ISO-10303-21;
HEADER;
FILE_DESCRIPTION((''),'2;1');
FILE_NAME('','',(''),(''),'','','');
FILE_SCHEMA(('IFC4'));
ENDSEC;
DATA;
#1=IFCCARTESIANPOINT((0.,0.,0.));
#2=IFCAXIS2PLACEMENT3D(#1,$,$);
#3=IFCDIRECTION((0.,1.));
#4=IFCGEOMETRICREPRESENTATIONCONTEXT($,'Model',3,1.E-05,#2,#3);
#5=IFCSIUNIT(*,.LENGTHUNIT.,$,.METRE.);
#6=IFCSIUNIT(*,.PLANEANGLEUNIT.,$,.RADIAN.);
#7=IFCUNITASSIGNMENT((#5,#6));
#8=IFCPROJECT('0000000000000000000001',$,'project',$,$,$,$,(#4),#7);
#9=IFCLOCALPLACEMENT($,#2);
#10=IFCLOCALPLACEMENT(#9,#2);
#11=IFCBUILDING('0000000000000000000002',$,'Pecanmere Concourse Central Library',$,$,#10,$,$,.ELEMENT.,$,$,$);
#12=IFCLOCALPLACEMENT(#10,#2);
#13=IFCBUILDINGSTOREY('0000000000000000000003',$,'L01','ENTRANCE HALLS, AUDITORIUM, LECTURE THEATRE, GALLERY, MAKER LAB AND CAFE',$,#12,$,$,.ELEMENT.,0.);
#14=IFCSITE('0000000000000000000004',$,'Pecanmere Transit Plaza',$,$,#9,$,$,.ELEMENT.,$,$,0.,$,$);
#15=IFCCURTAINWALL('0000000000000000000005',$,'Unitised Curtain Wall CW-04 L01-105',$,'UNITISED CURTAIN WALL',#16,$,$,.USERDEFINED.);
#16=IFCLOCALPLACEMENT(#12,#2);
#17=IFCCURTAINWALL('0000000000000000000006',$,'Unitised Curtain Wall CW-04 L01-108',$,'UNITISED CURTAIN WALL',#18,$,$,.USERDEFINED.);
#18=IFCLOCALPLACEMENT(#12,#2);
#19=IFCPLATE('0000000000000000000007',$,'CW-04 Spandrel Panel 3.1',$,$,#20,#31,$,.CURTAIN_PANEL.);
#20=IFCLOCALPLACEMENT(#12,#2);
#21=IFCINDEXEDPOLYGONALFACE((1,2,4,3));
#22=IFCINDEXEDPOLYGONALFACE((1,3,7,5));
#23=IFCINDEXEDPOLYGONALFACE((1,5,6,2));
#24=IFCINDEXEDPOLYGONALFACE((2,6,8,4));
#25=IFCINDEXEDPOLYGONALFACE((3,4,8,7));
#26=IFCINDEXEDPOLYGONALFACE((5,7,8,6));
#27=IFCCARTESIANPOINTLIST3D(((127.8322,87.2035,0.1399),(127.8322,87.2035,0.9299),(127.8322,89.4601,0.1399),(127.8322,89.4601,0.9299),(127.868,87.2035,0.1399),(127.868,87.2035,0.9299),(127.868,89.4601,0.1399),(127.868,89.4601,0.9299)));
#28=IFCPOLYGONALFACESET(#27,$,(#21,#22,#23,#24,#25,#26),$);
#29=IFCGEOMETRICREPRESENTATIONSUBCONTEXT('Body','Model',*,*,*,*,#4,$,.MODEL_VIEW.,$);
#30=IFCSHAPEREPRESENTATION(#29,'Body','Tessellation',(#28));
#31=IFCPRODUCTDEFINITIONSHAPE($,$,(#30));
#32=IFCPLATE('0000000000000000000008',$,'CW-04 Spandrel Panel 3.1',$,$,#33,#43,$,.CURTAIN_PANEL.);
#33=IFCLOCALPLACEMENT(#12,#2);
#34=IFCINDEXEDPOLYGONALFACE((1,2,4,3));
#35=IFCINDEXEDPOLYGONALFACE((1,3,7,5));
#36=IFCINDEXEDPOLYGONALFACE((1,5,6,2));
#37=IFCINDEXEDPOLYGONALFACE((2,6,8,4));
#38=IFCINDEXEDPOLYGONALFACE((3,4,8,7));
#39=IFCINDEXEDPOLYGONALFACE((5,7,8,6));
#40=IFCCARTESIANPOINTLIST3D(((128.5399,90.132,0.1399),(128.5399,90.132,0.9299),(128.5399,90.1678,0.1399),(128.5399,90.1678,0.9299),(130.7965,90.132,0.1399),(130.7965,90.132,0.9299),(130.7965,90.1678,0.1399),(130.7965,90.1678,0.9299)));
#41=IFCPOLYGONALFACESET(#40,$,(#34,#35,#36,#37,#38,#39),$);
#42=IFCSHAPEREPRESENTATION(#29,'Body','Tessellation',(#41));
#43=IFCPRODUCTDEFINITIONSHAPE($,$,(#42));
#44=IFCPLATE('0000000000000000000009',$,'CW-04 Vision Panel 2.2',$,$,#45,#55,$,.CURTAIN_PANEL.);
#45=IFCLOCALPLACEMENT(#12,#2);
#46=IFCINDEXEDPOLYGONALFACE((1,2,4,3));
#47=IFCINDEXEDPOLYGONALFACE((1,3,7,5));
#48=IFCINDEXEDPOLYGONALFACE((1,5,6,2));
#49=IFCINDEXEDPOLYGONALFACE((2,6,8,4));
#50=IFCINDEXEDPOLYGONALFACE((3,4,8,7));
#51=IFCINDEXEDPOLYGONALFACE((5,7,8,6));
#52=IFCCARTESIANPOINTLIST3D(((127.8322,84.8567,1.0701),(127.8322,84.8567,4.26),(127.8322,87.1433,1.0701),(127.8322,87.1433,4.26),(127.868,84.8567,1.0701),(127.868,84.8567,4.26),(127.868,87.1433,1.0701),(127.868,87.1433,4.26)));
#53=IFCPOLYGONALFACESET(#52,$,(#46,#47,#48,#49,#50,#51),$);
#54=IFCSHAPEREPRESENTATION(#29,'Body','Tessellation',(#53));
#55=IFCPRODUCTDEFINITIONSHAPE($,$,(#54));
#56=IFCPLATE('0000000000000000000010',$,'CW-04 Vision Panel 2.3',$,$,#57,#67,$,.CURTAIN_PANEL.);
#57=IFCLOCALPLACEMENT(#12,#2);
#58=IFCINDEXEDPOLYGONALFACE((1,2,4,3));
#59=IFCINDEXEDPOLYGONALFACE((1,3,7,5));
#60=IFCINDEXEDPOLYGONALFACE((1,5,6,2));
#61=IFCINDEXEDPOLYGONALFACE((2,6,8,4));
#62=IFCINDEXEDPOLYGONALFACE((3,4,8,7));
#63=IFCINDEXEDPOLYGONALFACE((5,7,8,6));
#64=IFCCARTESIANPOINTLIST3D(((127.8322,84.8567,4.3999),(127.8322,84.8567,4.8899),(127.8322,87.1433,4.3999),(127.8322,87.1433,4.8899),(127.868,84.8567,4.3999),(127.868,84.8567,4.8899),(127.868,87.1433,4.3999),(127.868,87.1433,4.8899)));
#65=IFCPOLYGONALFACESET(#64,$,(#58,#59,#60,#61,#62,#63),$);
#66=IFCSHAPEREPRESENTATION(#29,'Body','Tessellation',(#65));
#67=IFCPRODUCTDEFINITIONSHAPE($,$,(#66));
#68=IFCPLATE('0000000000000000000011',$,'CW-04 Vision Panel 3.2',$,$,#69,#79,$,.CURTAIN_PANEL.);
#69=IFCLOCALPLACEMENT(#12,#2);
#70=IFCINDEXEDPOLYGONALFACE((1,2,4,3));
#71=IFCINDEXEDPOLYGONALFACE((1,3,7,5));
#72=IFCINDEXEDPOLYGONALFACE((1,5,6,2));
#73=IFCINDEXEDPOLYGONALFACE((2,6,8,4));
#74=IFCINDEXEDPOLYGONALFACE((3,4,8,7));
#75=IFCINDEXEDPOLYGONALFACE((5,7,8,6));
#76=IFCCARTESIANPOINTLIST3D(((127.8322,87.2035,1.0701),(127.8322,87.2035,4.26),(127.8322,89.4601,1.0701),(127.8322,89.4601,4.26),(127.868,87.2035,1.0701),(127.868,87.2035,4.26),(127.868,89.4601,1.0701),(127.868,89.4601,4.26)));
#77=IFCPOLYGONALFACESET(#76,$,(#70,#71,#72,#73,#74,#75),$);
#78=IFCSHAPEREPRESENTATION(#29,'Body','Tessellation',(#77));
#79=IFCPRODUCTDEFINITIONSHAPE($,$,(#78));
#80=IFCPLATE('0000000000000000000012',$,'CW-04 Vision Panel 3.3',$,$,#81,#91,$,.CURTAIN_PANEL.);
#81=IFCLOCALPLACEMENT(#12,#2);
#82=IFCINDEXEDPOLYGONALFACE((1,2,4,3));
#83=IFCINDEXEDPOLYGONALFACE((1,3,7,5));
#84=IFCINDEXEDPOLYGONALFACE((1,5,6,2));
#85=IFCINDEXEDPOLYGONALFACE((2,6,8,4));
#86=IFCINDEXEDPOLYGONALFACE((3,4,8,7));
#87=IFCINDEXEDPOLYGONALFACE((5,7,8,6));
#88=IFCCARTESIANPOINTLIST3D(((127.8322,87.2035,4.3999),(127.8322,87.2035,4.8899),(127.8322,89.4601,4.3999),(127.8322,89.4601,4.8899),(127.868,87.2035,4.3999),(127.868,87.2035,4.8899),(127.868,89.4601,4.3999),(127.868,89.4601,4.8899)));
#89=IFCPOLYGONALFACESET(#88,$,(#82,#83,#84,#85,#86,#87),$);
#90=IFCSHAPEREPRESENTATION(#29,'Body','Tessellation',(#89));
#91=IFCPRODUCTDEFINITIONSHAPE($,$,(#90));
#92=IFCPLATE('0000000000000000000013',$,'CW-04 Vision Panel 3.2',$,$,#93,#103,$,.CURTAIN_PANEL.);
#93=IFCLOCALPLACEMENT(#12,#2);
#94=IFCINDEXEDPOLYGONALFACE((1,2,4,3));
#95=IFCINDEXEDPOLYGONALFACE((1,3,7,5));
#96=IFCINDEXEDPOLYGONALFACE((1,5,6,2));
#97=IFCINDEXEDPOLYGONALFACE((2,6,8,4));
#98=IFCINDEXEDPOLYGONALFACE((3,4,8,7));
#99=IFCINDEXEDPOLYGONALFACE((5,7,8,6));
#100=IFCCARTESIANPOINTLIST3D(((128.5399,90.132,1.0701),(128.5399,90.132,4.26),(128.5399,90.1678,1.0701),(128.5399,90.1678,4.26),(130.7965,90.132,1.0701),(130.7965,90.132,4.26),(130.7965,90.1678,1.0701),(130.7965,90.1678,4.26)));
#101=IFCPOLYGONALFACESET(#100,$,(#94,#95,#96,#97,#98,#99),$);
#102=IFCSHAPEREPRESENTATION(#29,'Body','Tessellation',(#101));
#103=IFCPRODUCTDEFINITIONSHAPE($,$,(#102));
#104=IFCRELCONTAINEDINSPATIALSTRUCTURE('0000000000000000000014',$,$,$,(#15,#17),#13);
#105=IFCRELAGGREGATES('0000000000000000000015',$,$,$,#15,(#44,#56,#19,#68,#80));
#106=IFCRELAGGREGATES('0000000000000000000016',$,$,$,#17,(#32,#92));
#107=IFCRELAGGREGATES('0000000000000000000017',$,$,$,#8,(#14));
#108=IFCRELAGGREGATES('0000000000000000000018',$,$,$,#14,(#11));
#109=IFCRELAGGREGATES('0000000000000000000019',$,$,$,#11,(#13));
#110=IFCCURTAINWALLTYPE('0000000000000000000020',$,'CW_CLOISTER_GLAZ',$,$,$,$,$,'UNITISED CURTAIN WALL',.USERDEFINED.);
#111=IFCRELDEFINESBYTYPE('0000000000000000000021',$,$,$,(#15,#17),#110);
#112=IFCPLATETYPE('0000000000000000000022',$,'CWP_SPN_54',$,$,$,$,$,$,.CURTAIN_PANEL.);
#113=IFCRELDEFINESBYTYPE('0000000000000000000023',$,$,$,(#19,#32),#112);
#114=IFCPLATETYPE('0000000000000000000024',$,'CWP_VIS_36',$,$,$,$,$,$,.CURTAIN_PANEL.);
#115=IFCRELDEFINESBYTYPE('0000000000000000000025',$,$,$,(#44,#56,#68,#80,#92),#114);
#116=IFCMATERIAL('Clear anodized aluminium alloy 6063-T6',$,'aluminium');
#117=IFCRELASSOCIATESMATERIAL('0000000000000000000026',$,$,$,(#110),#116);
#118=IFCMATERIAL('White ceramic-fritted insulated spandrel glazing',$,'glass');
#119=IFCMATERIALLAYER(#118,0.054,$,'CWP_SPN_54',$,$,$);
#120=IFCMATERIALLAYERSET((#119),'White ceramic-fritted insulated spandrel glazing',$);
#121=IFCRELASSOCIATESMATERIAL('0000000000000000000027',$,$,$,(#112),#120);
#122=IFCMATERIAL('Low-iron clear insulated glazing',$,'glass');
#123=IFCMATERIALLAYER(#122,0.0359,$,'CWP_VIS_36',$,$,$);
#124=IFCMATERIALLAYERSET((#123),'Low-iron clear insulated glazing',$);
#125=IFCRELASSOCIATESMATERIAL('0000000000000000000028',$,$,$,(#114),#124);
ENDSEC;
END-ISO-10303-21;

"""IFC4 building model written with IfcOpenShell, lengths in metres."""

from ifc_helpers import new_model, si_unit, direction, frame, origin, origin_2d, place, context, subcontext, project, spatial, rectangle, extrude, material, layer, layer_set, type_object, element, aggregate, save


model = new_model("IFC4")

# Units and contexts
model_context = context("Model", 3, precision=1e-05, world=origin(), true_north=direction((0.0, 1.0)))
body_context = subcontext(model_context, "Body", "Model", "MODEL_VIEW")
ifc_project = project(units=[si_unit("LENGTHUNIT", "METRE"), si_unit("PLANEANGLEUNIT", "RADIAN")], contexts=[model_context])

# Site, building, storey
site_placement = place(None, origin())
site = spatial("IfcSite", under=ifc_project, at=site_placement, Name="Pecanmere Transit Plaza", CompositionType="ELEMENT", RefElevation=0.0)
building_placement = place(site_placement, origin())
building = spatial("IfcBuilding", under=site, at=building_placement, Name="Pecanmere Concourse Central Library", CompositionType="ELEMENT")
storey_placement = place(building_placement, origin())
storey = spatial("IfcBuildingStorey", under=building, at=storey_placement, Name="L01", Description="ENTRANCE HALLS, AUDITORIUM, LECTURE THEATRE, GALLERY, MAKER LAB AND CAFE", CompositionType="ELEMENT", Elevation=0.0)

# Curtain wall
ifc_material_1 = material(Name="Clear anodized aluminium alloy 6063-T6", Category="aluminium")
curtain_wall_type = type_object("IfcCurtainWallType", Name="CW_CLOISTER_GLAZ", ElementType="UNITISED CURTAIN WALL", PredefinedType="USERDEFINED", material=ifc_material_1)
curtain_wall_1_placement = place(storey_placement, origin())
curtain_wall_1 = element("IfcCurtainWall", 1, at=curtain_wall_1_placement, inside=storey, type_object=curtain_wall_type, Name="Unitised Curtain Wall CW-04 L01-105", ObjectType="UNITISED CURTAIN WALL", PredefinedType="USERDEFINED")

# Curtain wall
curtain_wall_2_placement = place(storey_placement, origin())
curtain_wall_2 = element("IfcCurtainWall", 2, at=curtain_wall_2_placement, inside=storey, type_object=curtain_wall_type, Name="Unitised Curtain Wall CW-04 L01-108", ObjectType="UNITISED CURTAIN WALL", PredefinedType="USERDEFINED")

# Plates
ifc_material_2 = material(Name="White ceramic-fritted insulated spandrel glazing", Category="glass")
ifc_layer_1 = layer(ifc_material_2, 0.054, Name="CWP_SPN_54")
ifc_layer_set_1 = layer_set([ifc_layer_1], Name="White ceramic-fritted insulated spandrel glazing")
plate_type_1 = type_object("IfcPlateType", Name="CWP_SPN_54", PredefinedType="CURTAIN_PANEL", material=ifc_layer_set_1)
plate_1_placement = place(storey_placement, frame((127.8501, 88.3318, 0.1399), z_axis=(0.0, 0.0, 1.0), x_axis=(0.0, 1.0, 0.0)))
plate_1 = element("IfcPlate", 3, at=plate_1_placement, type_object=plate_type_1, Name="CW-04 Spandrel Panel 3.1", PredefinedType="CURTAIN_PANEL", context=body_context, shape_type="SweptSolid", body=[
    extrude(rectangle(XDim=2.2566, YDim=0.0359, at=origin_2d()), origin(), (0.0, 0.0, 1.0), 0.79),
])
plate_2_placement = place(storey_placement, frame((129.6682, 90.1499, 0.1399), z_axis=(0.0, 0.0, 1.0), x_axis=(-1.0, 0.0, 0.0)))
plate_2 = element("IfcPlate", 4, at=plate_2_placement, type_object=plate_type_1, Name="CW-04 Spandrel Panel 3.1", PredefinedType="CURTAIN_PANEL", context=body_context, shape_type="SweptSolid", body=[
    extrude(rectangle(XDim=2.2566, YDim=0.0359, at=origin_2d()), origin(), (0.0, 0.0, 1.0), 0.79),
])
ifc_material_3 = material(Name="Low-iron clear insulated glazing", Category="glass")
ifc_layer_2 = layer(ifc_material_3, 0.0359, Name="CWP_VIS_36")
ifc_layer_set_2 = layer_set([ifc_layer_2], Name="Low-iron clear insulated glazing")
plate_type_2 = type_object("IfcPlateType", Name="CWP_VIS_36", PredefinedType="CURTAIN_PANEL", material=ifc_layer_set_2)
plate_3_placement = place(storey_placement, frame((127.8501, 86.0, 1.0701), z_axis=(0.0, 0.0, 1.0), x_axis=(0.0, 1.0, 0.0)))
plate_3 = element("IfcPlate", 5, at=plate_3_placement, type_object=plate_type_2, Name="CW-04 Vision Panel 2.2", PredefinedType="CURTAIN_PANEL", context=body_context, shape_type="SweptSolid", body=[
    extrude(rectangle(XDim=2.2866, YDim=0.0359, at=origin_2d()), origin(), (0.0, 0.0, 1.0), 3.1899),
])
plate_4_placement = place(storey_placement, frame((127.8501, 86.0, 4.3999), z_axis=(0.0, 0.0, 1.0), x_axis=(0.0, 1.0, 0.0)))
plate_4 = element("IfcPlate", 6, at=plate_4_placement, type_object=plate_type_2, Name="CW-04 Vision Panel 2.3", PredefinedType="CURTAIN_PANEL", context=body_context, shape_type="SweptSolid", body=[
    extrude(rectangle(XDim=2.2866, YDim=0.0359, at=origin_2d()), origin(), (0.0, 0.0, 1.0), 0.49),
])
plate_5_placement = place(storey_placement, frame((127.8501, 88.3318, 1.0701), z_axis=(0.0, 0.0, 1.0), x_axis=(0.0, 1.0, 0.0)))
plate_5 = element("IfcPlate", 7, at=plate_5_placement, type_object=plate_type_2, Name="CW-04 Vision Panel 3.2", PredefinedType="CURTAIN_PANEL", context=body_context, shape_type="SweptSolid", body=[
    extrude(rectangle(XDim=2.2566, YDim=0.0359, at=origin_2d()), origin(), (0.0, 0.0, 1.0), 3.1899),
])
plate_6_placement = place(storey_placement, frame((127.8501, 88.3318, 4.3999), z_axis=(0.0, 0.0, 1.0), x_axis=(0.0, 1.0, 0.0)))
plate_6 = element("IfcPlate", 8, at=plate_6_placement, type_object=plate_type_2, Name="CW-04 Vision Panel 3.3", PredefinedType="CURTAIN_PANEL", context=body_context, shape_type="SweptSolid", body=[
    extrude(rectangle(XDim=2.2566, YDim=0.0359, at=origin_2d()), origin(), (0.0, 0.0, 1.0), 0.49),
])
aggregate(curtain_wall_1, [plate_3, plate_4, plate_1, plate_5, plate_6])
plate_7_placement = place(storey_placement, frame((129.6682, 90.1499, 1.0701), z_axis=(0.0, 0.0, 1.0), x_axis=(-1.0, 0.0, 0.0)))
plate_7 = element("IfcPlate", 9, at=plate_7_placement, type_object=plate_type_2, Name="CW-04 Vision Panel 3.2", PredefinedType="CURTAIN_PANEL", context=body_context, shape_type="SweptSolid", body=[
    extrude(rectangle(XDim=2.2566, YDim=0.0359, at=origin_2d()), origin(), (0.0, 0.0, 1.0), 3.1899),
])
aggregate(curtain_wall_2, [plate_2, plate_7])

save(model, "model.ifc")
